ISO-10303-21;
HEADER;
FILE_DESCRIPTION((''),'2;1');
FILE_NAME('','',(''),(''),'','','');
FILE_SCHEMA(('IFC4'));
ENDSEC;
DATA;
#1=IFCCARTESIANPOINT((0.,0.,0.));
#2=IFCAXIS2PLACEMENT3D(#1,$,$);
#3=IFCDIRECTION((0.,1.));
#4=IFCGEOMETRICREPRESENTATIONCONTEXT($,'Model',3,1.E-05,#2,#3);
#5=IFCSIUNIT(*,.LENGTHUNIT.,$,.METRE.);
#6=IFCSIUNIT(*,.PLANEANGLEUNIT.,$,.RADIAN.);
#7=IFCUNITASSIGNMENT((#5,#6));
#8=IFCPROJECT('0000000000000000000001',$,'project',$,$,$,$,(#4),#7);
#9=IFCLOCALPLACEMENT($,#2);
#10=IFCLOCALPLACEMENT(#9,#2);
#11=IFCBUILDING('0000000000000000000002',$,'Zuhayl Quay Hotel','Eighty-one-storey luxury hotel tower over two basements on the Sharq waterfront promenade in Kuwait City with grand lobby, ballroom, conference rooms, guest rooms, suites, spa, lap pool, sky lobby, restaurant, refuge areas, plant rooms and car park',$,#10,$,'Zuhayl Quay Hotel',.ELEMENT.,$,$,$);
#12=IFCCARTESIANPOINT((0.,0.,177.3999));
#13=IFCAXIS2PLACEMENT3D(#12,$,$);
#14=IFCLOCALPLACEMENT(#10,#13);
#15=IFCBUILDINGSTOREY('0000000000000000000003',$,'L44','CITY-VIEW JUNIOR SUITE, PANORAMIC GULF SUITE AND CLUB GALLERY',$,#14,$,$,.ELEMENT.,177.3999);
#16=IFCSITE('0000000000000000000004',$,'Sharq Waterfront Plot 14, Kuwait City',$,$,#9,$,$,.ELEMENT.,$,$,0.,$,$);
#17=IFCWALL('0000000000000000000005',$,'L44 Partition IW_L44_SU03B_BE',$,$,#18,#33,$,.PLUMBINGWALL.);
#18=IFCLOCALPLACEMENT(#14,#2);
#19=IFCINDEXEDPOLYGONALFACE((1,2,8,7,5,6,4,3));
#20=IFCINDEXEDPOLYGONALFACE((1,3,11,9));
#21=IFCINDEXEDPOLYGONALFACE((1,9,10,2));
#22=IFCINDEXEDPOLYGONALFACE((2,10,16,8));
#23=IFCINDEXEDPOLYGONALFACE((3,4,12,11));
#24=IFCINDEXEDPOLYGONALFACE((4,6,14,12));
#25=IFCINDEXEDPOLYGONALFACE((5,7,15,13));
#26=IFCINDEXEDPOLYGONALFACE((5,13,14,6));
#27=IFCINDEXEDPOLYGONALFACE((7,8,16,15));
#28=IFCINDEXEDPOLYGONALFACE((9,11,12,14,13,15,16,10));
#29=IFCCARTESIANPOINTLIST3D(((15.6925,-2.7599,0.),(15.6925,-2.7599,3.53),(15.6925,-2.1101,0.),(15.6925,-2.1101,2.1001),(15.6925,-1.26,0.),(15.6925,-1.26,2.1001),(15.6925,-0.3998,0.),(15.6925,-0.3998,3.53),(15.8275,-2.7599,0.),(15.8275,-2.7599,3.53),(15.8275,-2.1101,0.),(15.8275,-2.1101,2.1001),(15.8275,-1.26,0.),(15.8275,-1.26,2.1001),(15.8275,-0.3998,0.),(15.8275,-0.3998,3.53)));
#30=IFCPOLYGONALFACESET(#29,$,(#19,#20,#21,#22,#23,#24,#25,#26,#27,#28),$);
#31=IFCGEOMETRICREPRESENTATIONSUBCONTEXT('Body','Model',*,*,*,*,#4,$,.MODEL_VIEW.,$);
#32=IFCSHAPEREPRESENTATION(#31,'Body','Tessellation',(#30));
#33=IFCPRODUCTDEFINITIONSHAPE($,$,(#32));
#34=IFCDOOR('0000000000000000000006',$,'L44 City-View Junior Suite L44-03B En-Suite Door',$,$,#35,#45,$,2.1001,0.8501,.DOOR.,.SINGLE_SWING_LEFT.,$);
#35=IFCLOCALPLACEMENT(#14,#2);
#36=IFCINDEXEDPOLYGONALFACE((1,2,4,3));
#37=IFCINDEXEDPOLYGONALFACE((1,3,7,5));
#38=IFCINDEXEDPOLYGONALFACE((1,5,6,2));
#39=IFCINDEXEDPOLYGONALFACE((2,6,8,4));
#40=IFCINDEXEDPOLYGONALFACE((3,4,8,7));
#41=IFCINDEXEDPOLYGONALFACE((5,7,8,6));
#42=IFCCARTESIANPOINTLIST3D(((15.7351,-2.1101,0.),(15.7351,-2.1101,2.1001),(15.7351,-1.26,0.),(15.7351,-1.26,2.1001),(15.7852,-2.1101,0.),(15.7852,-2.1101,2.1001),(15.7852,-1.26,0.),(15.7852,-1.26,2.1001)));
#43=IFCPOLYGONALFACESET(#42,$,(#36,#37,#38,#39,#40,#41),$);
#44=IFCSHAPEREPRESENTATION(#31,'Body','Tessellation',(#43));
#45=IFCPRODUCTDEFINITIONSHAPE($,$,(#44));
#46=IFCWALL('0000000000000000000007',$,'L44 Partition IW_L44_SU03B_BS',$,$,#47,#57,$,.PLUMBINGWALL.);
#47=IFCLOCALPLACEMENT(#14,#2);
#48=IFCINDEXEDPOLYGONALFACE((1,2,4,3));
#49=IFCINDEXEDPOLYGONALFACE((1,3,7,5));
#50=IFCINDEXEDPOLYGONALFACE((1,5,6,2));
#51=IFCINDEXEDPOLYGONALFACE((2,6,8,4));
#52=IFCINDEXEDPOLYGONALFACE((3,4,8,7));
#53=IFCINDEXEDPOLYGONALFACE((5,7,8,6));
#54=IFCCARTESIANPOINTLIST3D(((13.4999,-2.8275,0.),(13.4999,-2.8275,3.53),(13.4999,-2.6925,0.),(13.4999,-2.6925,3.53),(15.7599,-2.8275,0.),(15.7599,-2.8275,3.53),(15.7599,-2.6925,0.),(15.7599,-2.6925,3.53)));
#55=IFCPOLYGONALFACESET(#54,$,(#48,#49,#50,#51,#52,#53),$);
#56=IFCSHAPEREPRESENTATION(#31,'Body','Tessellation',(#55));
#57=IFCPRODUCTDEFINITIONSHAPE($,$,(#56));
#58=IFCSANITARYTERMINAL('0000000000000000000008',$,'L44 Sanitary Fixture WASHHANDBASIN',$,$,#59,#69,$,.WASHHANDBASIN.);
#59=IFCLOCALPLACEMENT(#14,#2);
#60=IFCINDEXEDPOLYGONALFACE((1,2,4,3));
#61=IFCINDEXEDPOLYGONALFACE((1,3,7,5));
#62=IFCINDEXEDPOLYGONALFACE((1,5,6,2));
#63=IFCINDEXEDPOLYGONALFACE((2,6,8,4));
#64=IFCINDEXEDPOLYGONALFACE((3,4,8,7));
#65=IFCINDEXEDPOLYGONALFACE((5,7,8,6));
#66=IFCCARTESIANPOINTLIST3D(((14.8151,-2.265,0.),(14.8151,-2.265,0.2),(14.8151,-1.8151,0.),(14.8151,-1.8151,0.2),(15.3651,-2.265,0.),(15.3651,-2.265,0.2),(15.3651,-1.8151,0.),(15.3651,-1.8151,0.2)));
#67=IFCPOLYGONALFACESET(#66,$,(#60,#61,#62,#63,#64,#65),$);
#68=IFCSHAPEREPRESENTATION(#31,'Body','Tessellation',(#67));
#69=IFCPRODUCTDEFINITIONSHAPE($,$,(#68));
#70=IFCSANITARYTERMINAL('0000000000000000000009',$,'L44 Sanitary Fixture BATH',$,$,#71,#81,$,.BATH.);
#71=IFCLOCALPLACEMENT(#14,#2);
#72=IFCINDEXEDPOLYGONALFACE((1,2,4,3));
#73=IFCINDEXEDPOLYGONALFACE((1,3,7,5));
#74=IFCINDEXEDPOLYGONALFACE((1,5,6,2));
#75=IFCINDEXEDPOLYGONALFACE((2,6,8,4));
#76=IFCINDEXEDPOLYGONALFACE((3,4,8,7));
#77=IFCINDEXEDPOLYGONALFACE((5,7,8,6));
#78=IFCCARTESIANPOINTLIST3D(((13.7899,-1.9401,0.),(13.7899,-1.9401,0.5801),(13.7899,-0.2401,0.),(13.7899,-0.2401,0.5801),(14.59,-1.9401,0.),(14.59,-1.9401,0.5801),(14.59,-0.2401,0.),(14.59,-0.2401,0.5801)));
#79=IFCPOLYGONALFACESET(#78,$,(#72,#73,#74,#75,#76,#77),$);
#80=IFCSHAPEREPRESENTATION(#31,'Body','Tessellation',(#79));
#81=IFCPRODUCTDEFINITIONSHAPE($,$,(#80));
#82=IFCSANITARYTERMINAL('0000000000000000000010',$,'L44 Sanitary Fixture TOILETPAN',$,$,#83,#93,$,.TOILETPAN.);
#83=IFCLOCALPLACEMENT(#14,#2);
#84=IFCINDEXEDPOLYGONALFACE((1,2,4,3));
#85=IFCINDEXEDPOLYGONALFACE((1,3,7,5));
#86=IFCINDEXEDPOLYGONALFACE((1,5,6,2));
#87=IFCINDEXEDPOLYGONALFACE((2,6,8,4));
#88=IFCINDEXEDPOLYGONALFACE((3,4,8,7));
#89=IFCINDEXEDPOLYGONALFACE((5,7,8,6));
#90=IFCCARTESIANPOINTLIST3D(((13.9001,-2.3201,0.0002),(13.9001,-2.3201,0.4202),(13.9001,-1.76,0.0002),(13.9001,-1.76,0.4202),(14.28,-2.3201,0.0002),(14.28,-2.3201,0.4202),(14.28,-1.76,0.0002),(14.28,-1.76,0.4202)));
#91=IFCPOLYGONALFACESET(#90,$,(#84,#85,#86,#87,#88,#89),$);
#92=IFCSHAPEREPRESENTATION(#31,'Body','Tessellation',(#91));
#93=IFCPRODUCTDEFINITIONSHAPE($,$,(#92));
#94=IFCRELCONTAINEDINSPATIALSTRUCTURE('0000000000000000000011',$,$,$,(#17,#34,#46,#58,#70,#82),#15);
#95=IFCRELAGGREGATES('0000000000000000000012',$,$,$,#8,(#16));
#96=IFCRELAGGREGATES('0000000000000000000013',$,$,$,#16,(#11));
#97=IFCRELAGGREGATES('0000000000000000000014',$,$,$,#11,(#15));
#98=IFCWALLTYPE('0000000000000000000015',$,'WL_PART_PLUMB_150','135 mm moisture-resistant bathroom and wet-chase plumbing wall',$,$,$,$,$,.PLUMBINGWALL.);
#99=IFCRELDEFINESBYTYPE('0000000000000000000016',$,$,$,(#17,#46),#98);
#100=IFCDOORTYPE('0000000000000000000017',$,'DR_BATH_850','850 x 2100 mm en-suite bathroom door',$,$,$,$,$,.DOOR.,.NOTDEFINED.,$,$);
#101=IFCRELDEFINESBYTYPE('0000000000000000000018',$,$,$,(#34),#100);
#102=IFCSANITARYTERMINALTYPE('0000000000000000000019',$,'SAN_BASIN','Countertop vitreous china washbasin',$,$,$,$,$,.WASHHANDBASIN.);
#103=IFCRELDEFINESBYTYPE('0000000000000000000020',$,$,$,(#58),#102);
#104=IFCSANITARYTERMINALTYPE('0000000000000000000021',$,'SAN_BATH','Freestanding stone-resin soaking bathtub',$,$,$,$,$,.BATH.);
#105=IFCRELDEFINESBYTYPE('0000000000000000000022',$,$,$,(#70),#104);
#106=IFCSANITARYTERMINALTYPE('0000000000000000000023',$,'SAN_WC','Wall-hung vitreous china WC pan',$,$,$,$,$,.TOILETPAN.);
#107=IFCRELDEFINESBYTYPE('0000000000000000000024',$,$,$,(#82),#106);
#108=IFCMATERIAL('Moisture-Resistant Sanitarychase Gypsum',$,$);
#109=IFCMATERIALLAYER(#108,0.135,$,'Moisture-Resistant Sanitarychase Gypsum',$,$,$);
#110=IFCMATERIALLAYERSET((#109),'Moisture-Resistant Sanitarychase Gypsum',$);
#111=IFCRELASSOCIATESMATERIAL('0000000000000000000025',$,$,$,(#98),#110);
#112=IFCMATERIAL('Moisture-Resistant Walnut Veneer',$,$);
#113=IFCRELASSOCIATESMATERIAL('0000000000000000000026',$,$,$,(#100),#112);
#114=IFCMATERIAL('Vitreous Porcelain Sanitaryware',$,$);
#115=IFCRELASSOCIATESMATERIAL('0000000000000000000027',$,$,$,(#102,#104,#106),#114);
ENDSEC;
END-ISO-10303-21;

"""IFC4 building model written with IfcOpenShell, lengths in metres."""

from ifc_helpers import new_model, si_unit, direction, frame, frame_2d, origin, origin_2d, place, context, subcontext, project, spatial, rectangle, extrude, material, layer, layer_set, type_object, element, fill, save


model = new_model("IFC4")

# Units and contexts
model_context = context("Model", 3, precision=1e-05, world=origin(), true_north=direction((0.0, 1.0)))
body_context = subcontext(model_context, "Body", "Model", "MODEL_VIEW")
ifc_project = project(units=[si_unit("LENGTHUNIT", "METRE"), si_unit("PLANEANGLEUNIT", "RADIAN")], contexts=[model_context])

# Site, building, storey
site_placement = place(None, origin())
site = spatial("IfcSite", under=ifc_project, at=site_placement, Name="Sharq Waterfront Plot 14, Kuwait City", CompositionType="ELEMENT", RefElevation=0.0)
building_placement = place(site_placement, origin())
building = spatial("IfcBuilding", under=site, at=building_placement, Name="Zuhayl Quay Hotel", Description="Eighty-one-storey luxury hotel tower over two basements on the Sharq waterfront promenade in Kuwait City with grand lobby, ballroom, conference rooms, guest rooms, suites, spa, lap pool, sky lobby, restaurant, refuge areas, plant rooms and car park", LongName="Zuhayl Quay Hotel", CompositionType="ELEMENT")
storey_placement = place(building_placement, frame((0.0, 0.0, 177.3999)))
storey = spatial("IfcBuildingStorey", under=building, at=storey_placement, Name="L44", Description="CITY-VIEW JUNIOR SUITE, PANORAMIC GULF SUITE AND CLUB GALLERY", CompositionType="ELEMENT", Elevation=177.3999)

# Wall, opening, door
ifc_material_1 = material(Name="Moisture-Resistant Sanitarychase Gypsum")
ifc_layer_1 = layer(ifc_material_1, 0.135, Name="Moisture-Resistant Sanitarychase Gypsum")
ifc_layer_set_1 = layer_set([ifc_layer_1], Name="Moisture-Resistant Sanitarychase Gypsum")
wall_type_1 = type_object("IfcWallType", Name="WL_PART_PLUMB_150", Description="135 mm moisture-resistant bathroom and wet-chase plumbing wall", PredefinedType="PLUMBINGWALL", material=ifc_layer_set_1)
wall_1_placement = place(storey_placement, frame((15.76, -2.76, 0.0), z_axis=(0.0, 0.0, 1.0), x_axis=(0.0, 1.0, 0.0)))
wall_1 = element("IfcWall", 1, at=wall_1_placement, inside=storey, type_object=wall_type_1, Name="L44 Partition IW_L44_SU03B_BE", PredefinedType="PLUMBINGWALL", context=body_context, shape_type="SweptSolid", body=[
    extrude(rectangle(XDim=2.3601, YDim=0.135, at=frame_2d((1.1802, 0.0))), origin(), (0.0, 0.0, 1.0), 3.53),
])
opening_1_placement = place(wall_1_placement, frame((0.6499, 0.0, 0.0)))
opening_1 = element("IfcOpeningElement", 2, at=opening_1_placement, cuts=wall_1, PredefinedType="OPENING", context=body_context, shape_type="SweptSolid", body=[
    extrude(rectangle(XDim=0.8501, YDim=2.1001, at=frame_2d((0.425, 1.05))), frame((0.0, 0.0774, 0.0), z_axis=(0.0, -1.0, 0.0), x_axis=(1.0, 0.0, 0.0)), (0.0, 0.0, 1.0), 0.155),
])
ifc_material_2 = material(Name="Moisture-Resistant Walnut Veneer")
door_type = type_object("IfcDoorType", Name="DR_BATH_850", Description="850 x 2100 mm en-suite bathroom door", OperationType="NOTDEFINED", PredefinedType="DOOR", material=ifc_material_2)
door_placement = place(opening_1_placement, origin())
door = element("IfcDoor", 3, at=door_placement, inside=storey, type_object=door_type, Name="L44 City-View Junior Suite L44-03B En-Suite Door", OperationType="SINGLE_SWING_LEFT", OverallHeight=2.1001, OverallWidth=0.8501, PredefinedType="DOOR", context=body_context, shape_type="SweptSolid", body=[
    extrude(rectangle(XDim=0.8501, YDim=2.1001, at=frame_2d((0.425, 1.05))), frame((0.0, 0.0249, 0.0), z_axis=(0.0, -1.0, 0.0), x_axis=(1.0, 0.0, 0.0)), (0.0, 0.0, 1.0), 0.05),
])
fill(opening_1, door)

# Wall
wall_2_placement = place(storey_placement, frame((13.5, -2.76, 0.0), z_axis=(0.0, 0.0, 1.0), x_axis=(1.0, 0.0, 0.0)))
element("IfcWall", 4, at=wall_2_placement, inside=storey, type_object=wall_type_1, Name="L44 Partition IW_L44_SU03B_BS", PredefinedType="PLUMBINGWALL", context=body_context, shape_type="SweptSolid", body=[
    extrude(rectangle(XDim=2.26, YDim=0.135, at=frame_2d((1.1299, 0.0))), origin(), (0.0, 0.0, 1.0), 3.53),
])

# Sanitary terminals
ifc_material_3 = material(Name="Vitreous Porcelain Sanitaryware")
sanitary_terminal_type_1 = type_object("IfcSanitaryTerminalType", Name="SAN_BASIN", Description="Countertop vitreous china washbasin", PredefinedType="WASHHANDBASIN", material=ifc_material_3)
sanitary_terminal_1_placement = place(storey_placement, frame((15.0901, -2.04, 0.0), z_axis=(0.0, 0.0, 1.0), x_axis=(1.0, 0.0, 0.0)))
element("IfcSanitaryTerminal", 5, at=sanitary_terminal_1_placement, inside=storey, type_object=sanitary_terminal_type_1, Name="L44 Sanitary Fixture WASHHANDBASIN", PredefinedType="WASHHANDBASIN", context=body_context, shape_type="SweptSolid", body=[
    extrude(rectangle(XDim=0.55, YDim=0.45, at=origin_2d()), origin(), (0.0, 0.0, 1.0), 0.2),
])
sanitary_terminal_type_2 = type_object("IfcSanitaryTerminalType", Name="SAN_BATH", Description="Freestanding stone-resin soaking bathtub", PredefinedType="BATH", material=ifc_material_3)
sanitary_terminal_2_placement = place(storey_placement, frame((14.1899, -1.0901, 0.0), z_axis=(0.0, 0.0, 1.0), x_axis=(1.0, 0.0, 0.0)))
element("IfcSanitaryTerminal", 6, at=sanitary_terminal_2_placement, inside=storey, type_object=sanitary_terminal_type_2, Name="L44 Sanitary Fixture BATH", PredefinedType="BATH", context=body_context, shape_type="SweptSolid", body=[
    extrude(rectangle(XDim=0.8, YDim=1.7, at=origin_2d()), origin(), (0.0, 0.0, 1.0), 0.5801),
])
sanitary_terminal_type_3 = type_object("IfcSanitaryTerminalType", Name="SAN_WC", Description="Wall-hung vitreous china WC pan", PredefinedType="TOILETPAN", material=ifc_material_3)
sanitary_terminal_3_placement = place(storey_placement, frame((14.0901, -2.04, 0.0002), z_axis=(0.0, 0.0, 1.0), x_axis=(1.0, 0.0, 0.0)))
element("IfcSanitaryTerminal", 7, at=sanitary_terminal_3_placement, inside=storey, type_object=sanitary_terminal_type_3, Name="L44 Sanitary Fixture TOILETPAN", PredefinedType="TOILETPAN", context=body_context, shape_type="SweptSolid", body=[
    extrude(rectangle(XDim=0.3799, YDim=0.5601, at=origin_2d()), origin(), (0.0, 0.0, 1.0), 0.4199),
])

save(model, "model.ifc")
